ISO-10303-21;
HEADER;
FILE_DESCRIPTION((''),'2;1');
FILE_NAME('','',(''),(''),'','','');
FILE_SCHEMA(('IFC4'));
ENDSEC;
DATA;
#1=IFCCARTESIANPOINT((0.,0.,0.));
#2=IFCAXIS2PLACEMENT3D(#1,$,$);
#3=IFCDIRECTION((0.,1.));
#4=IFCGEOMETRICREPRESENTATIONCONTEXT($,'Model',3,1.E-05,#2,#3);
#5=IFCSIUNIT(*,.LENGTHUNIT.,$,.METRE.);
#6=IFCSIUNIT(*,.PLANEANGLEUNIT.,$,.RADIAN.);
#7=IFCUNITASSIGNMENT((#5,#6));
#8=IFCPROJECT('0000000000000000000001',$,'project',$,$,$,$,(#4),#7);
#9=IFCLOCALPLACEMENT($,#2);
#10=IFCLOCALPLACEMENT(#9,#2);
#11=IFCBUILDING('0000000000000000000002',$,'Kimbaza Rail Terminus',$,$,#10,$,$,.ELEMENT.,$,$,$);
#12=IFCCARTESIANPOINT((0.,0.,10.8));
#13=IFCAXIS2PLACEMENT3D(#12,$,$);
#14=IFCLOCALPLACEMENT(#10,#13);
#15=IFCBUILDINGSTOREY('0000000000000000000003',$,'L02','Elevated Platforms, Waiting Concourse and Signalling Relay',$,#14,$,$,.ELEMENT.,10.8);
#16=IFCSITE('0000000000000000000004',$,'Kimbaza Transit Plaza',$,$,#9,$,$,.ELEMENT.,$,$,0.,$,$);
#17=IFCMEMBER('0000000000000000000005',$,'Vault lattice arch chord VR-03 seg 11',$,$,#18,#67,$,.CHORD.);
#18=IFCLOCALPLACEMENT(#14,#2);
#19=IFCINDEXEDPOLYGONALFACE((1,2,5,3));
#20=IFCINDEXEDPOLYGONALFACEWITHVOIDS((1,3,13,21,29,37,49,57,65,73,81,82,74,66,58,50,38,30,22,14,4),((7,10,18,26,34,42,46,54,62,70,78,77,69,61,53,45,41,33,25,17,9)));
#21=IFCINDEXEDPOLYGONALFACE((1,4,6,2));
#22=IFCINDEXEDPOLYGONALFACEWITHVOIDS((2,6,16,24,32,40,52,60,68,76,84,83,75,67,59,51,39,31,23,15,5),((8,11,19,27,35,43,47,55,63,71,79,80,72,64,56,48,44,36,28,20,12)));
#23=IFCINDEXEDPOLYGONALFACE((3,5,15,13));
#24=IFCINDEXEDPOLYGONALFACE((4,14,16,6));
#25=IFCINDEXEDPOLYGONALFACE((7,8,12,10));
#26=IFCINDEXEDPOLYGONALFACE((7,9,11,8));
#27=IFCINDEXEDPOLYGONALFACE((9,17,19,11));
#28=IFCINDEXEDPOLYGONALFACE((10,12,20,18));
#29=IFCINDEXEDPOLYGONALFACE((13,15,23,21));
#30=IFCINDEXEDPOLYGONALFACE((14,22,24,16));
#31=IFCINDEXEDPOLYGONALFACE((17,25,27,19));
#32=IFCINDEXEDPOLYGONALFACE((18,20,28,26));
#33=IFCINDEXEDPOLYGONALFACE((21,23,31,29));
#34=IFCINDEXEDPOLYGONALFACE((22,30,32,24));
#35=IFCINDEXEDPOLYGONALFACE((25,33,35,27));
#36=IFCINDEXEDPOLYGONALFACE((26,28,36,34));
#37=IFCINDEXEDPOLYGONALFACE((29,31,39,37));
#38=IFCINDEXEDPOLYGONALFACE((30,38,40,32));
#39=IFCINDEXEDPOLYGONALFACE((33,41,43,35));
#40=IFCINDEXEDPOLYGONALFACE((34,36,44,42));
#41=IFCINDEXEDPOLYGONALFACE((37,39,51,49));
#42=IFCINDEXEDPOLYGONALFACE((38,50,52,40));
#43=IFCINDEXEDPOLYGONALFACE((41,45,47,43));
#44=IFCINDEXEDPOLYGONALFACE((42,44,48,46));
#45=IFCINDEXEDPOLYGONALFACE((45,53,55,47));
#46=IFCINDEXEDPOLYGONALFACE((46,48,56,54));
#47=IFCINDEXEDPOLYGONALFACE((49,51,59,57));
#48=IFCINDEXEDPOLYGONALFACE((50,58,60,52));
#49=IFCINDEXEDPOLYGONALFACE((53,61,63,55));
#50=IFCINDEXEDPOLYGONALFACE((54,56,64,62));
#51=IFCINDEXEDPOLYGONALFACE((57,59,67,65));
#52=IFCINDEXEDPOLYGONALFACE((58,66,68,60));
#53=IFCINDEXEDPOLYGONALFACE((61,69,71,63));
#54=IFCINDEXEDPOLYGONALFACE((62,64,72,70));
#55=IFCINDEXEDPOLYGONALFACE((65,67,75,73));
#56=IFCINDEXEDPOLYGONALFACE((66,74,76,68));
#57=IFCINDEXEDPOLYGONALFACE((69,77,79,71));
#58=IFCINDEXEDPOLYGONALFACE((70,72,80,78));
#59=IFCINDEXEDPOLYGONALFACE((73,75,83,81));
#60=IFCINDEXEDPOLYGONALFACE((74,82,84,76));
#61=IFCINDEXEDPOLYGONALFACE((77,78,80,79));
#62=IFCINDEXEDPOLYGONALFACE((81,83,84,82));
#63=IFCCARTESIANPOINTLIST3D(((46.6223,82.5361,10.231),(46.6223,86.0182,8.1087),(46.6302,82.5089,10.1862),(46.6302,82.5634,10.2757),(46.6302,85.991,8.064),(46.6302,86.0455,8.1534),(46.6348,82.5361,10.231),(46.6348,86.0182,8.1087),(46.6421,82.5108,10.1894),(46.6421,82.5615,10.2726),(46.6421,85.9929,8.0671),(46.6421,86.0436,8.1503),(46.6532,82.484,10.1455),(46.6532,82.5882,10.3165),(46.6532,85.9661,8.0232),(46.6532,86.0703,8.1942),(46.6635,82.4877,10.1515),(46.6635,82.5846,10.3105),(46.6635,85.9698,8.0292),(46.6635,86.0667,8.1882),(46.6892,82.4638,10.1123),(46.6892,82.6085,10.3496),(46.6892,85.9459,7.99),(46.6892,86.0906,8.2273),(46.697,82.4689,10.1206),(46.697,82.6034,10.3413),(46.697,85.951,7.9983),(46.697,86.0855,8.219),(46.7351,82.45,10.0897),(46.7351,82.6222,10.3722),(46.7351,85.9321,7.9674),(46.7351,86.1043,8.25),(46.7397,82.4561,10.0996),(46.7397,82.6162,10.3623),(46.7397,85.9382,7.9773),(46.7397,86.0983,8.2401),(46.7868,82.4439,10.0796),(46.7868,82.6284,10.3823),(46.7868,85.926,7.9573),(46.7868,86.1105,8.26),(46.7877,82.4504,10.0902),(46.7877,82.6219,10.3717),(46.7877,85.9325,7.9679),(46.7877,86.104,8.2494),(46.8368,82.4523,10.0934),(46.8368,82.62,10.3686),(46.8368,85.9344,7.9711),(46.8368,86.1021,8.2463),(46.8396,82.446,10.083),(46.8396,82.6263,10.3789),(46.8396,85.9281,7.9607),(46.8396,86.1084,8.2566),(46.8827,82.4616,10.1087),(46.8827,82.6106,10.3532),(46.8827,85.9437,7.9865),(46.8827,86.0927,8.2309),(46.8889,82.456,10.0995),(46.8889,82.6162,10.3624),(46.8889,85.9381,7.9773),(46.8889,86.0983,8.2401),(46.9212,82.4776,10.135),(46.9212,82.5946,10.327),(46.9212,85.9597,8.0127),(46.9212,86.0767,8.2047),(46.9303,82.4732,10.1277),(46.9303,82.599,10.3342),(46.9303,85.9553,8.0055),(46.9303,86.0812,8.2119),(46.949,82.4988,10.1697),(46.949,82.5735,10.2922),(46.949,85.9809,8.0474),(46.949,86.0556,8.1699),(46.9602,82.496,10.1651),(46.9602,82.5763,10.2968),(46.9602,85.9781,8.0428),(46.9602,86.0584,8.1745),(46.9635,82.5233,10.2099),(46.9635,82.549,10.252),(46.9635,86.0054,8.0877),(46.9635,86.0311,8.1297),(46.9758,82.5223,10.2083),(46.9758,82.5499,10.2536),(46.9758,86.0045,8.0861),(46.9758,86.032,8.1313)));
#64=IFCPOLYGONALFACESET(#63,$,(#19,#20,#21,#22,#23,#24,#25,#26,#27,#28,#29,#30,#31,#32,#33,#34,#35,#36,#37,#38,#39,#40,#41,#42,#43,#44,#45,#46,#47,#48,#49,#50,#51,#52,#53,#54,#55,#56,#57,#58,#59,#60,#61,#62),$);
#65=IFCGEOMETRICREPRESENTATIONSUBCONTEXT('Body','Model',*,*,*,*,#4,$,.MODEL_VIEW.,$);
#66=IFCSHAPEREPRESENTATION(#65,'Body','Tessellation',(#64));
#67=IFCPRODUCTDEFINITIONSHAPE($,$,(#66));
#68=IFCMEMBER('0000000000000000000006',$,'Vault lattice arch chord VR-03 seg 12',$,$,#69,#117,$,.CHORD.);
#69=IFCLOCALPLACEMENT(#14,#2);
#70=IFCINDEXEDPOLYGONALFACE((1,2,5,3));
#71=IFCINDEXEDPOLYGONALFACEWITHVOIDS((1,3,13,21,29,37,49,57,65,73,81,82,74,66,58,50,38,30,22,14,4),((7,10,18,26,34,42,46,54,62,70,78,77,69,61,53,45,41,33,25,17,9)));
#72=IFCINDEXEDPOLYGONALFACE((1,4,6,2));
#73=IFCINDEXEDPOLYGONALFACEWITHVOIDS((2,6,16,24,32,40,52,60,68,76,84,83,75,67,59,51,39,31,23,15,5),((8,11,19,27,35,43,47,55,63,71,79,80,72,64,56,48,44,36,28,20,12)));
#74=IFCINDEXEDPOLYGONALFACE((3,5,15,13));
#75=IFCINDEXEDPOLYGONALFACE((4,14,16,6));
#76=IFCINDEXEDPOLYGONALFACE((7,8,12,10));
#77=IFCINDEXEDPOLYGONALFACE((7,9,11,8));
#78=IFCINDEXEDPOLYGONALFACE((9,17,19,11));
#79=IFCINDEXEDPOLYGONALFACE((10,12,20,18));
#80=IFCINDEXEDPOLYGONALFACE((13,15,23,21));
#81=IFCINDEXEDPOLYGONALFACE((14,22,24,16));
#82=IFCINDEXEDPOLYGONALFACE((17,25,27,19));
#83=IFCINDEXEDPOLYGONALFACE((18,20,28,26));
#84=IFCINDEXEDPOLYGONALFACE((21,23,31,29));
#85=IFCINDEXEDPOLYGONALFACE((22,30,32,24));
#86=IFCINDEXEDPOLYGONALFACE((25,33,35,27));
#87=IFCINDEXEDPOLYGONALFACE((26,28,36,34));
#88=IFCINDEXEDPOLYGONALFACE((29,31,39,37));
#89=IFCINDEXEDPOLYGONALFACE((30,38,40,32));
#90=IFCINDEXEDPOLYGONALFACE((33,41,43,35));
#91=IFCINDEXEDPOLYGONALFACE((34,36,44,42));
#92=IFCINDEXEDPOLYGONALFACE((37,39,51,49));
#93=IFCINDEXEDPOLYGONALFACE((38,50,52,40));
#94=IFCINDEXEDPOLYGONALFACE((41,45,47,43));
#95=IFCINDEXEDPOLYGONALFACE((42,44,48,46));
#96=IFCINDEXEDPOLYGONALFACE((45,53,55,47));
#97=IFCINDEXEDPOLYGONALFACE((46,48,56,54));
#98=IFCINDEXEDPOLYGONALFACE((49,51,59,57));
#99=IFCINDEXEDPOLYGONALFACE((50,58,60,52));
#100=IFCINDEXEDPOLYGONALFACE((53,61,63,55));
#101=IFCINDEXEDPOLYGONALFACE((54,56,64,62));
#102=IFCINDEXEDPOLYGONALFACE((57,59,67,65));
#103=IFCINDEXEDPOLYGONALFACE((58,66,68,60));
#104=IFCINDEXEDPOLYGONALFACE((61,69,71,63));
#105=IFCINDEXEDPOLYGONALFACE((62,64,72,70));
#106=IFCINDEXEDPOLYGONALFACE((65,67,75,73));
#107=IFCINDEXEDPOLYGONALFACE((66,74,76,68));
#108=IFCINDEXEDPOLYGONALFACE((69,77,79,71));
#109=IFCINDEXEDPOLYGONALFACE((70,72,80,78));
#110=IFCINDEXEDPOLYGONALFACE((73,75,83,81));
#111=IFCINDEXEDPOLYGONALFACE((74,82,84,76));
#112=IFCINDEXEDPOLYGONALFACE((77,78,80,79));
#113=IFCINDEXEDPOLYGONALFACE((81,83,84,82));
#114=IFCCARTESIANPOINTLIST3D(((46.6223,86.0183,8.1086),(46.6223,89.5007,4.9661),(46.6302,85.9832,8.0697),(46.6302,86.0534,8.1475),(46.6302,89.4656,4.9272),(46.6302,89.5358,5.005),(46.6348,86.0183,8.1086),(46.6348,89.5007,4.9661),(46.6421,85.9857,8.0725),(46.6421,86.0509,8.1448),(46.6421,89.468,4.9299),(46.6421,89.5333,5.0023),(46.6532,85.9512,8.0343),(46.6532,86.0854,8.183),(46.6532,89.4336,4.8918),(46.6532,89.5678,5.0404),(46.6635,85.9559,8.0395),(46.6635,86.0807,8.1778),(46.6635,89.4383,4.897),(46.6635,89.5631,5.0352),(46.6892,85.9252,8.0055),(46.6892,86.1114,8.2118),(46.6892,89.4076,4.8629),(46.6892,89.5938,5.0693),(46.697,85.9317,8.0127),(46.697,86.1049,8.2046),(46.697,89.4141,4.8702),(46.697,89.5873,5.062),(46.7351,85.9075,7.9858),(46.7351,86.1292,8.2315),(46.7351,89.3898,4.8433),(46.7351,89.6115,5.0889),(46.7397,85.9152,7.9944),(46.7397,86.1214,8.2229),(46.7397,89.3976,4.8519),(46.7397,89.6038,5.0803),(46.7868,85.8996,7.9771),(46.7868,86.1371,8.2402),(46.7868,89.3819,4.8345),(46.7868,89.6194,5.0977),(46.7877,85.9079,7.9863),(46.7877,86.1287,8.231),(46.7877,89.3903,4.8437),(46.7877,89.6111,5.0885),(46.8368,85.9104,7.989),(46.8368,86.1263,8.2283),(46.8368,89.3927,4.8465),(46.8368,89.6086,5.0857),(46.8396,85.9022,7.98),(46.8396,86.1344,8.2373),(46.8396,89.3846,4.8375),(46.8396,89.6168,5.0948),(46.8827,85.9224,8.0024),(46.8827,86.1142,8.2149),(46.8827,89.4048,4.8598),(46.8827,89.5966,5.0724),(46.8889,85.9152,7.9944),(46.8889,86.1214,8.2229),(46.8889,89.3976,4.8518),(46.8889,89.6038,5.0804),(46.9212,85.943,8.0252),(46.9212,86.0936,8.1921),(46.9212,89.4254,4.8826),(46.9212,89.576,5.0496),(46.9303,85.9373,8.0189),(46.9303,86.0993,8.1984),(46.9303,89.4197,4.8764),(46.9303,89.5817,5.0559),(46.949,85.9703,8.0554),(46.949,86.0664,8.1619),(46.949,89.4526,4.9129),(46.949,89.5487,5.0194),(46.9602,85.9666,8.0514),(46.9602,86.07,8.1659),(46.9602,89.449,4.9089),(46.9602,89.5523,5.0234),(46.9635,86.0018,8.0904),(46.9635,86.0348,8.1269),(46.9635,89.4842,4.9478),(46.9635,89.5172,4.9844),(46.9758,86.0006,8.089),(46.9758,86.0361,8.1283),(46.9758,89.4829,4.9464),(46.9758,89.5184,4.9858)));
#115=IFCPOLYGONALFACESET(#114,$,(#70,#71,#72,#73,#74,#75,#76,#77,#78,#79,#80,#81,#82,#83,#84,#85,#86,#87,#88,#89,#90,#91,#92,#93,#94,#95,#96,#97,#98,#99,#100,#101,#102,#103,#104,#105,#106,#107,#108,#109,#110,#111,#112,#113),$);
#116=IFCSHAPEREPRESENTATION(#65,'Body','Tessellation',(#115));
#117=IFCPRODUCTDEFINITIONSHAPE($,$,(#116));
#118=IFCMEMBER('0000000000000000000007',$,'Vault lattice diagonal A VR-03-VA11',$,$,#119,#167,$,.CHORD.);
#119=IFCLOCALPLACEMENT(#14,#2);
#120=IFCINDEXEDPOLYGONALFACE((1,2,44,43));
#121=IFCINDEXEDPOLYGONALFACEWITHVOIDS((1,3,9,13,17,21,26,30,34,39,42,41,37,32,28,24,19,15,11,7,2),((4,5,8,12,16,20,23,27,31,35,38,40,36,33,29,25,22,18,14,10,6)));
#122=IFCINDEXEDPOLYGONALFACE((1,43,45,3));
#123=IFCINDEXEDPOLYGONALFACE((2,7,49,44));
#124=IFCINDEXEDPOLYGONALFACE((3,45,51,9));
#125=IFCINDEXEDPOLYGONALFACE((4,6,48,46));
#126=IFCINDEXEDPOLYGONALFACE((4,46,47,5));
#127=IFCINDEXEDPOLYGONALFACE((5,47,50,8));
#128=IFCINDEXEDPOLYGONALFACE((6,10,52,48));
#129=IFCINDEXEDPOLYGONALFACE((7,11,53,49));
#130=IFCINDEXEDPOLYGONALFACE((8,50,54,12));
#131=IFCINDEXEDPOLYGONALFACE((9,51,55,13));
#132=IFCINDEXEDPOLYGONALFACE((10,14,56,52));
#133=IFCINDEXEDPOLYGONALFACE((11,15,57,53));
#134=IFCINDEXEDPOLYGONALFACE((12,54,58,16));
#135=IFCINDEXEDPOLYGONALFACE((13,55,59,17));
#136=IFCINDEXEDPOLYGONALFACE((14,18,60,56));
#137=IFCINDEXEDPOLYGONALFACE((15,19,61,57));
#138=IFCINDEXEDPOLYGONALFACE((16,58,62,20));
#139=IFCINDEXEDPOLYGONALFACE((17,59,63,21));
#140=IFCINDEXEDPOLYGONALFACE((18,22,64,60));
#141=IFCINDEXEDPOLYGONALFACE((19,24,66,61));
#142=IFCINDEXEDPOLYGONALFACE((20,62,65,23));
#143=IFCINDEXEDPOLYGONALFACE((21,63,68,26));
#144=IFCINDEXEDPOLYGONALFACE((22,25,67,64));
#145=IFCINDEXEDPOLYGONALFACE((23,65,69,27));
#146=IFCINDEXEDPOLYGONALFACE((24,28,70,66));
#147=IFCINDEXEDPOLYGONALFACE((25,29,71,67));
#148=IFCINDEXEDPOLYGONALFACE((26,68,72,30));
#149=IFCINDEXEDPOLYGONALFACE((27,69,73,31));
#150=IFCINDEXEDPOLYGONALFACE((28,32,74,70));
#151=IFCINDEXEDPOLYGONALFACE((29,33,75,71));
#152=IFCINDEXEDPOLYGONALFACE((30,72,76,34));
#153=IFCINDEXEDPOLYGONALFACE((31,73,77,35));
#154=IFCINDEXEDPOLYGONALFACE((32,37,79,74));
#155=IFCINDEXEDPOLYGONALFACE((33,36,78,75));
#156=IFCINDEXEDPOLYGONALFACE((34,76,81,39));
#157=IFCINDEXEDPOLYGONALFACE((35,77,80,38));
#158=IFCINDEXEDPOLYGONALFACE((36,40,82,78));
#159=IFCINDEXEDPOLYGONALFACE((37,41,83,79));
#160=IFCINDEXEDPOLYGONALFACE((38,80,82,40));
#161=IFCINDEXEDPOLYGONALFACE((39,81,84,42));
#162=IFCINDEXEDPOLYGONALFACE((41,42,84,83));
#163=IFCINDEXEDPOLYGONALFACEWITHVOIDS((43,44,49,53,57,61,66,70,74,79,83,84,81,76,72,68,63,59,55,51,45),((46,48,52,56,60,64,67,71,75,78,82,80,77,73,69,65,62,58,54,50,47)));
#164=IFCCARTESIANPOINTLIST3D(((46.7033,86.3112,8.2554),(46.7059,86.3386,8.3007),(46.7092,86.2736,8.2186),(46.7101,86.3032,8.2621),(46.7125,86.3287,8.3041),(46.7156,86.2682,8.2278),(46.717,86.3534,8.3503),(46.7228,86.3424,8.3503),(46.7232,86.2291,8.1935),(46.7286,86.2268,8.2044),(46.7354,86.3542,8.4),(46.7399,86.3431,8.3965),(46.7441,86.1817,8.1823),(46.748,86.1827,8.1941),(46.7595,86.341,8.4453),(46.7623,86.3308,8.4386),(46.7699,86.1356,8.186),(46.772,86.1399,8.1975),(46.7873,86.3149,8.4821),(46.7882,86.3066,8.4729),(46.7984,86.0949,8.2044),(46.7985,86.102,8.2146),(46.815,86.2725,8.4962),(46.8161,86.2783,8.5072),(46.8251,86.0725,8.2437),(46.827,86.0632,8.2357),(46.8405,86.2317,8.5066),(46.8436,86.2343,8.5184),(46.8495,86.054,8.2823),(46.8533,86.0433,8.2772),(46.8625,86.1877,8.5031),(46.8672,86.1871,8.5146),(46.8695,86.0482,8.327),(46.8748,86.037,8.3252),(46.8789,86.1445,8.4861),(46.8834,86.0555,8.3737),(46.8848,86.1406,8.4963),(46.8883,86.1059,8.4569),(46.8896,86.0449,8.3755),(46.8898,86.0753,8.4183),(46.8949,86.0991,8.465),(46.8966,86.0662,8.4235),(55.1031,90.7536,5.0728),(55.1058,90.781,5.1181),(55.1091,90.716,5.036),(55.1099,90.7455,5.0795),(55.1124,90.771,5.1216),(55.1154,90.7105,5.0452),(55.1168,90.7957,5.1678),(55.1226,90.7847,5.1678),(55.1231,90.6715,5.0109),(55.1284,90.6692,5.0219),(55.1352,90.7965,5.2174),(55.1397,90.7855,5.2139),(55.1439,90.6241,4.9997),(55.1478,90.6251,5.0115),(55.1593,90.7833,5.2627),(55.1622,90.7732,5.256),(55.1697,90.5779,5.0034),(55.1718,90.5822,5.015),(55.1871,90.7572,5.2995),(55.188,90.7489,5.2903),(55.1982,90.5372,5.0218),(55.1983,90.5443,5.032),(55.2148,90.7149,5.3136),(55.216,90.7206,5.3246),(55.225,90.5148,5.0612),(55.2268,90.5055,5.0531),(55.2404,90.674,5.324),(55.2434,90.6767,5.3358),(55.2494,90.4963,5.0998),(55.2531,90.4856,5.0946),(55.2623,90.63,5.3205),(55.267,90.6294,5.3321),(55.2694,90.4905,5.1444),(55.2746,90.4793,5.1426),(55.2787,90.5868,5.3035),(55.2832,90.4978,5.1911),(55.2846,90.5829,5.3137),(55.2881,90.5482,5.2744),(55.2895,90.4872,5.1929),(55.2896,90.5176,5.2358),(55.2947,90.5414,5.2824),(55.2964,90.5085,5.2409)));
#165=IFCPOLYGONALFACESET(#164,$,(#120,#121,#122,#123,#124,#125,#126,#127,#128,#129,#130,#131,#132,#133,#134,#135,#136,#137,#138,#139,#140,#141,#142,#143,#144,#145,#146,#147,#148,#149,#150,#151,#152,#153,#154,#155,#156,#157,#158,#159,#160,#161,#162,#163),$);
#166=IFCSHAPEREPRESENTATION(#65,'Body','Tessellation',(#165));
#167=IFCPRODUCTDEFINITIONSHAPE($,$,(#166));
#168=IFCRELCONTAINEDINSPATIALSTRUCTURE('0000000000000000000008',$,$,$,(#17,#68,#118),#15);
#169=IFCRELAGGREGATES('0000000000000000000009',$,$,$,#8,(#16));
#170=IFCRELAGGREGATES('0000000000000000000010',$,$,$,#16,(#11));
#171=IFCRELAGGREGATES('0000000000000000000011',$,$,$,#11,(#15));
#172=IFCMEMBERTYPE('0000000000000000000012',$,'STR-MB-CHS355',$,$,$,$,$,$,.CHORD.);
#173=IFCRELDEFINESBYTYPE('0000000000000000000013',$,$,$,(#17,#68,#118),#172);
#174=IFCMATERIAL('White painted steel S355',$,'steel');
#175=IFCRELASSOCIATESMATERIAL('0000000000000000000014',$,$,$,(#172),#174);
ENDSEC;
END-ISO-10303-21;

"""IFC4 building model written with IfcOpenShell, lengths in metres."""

from ifc_helpers import new_model, si_unit, direction, frame, origin, origin_2d, place, context, subcontext, project, spatial, hollow_circle, extrude, material, material_profile, profile_set, type_object, element, save


model = new_model("IFC4")

# Units and contexts
model_context = context("Model", 3, precision=1e-05, world=origin(), true_north=direction((0.0, 1.0)))
body_context = subcontext(model_context, "Body", "Model", "MODEL_VIEW")
ifc_project = project(units=[si_unit("LENGTHUNIT", "METRE"), si_unit("PLANEANGLEUNIT", "RADIAN")], contexts=[model_context])

# Site, building, storey
site_placement = place(None, origin())
site = spatial("IfcSite", under=ifc_project, at=site_placement, Name="Kimbaza Transit Plaza", CompositionType="ELEMENT", RefElevation=0.0)
building_placement = place(site_placement, origin())
building = spatial("IfcBuilding", under=site, at=building_placement, Name="Kimbaza Rail Terminus", CompositionType="ELEMENT")
storey_placement = place(building_placement, frame((0.0, 0.0, 10.8)))
storey = spatial("IfcBuildingStorey", under=building, at=storey_placement, Name="L02", Description="Elevated Platforms, Waiting Concourse and Signalling Relay", CompositionType="ELEMENT", Elevation=10.8)

# Members
ifc_material_1 = material(Name="White painted steel S355", Category="steel")
ifc_material_profile_1 = material_profile(ifc_material_1, hollow_circle(Radius=0.1777, WallThickness=0.0125, at=origin_2d()), Name="CHS 355.6x12.5")
ifc_profile_set_1 = profile_set([ifc_material_profile_1], Name="White painted steel S355")
member_type_1 = type_object("IfcMemberType", Name="STR-MB-CHS355", PredefinedType="CHORD", material=ifc_profile_set_1)
member_1_placement = place(storey_placement, frame((46.8, 82.5361, 10.231), z_axis=(0.0, 0.853901, -0.520435), x_axis=(-1.0, 0.0, 0.0)))
element("IfcMember", 1, at=member_1_placement, inside=storey, type_object=member_type_1, Name="Vault lattice arch chord VR-03 seg 11", PredefinedType="CHORD", context=body_context, shape_type="SweptSolid", body=[
    extrude(hollow_circle(Radius=0.1777, WallThickness=0.0125, at=origin_2d()), origin(), (0.0, 0.0, 1.0), 4.0779),
])
member_2_placement = place(storey_placement, frame((46.8, 86.0183, 8.1086), z_axis=(0.0, 0.742403, -0.669953), x_axis=(-1.0, 0.0, 0.0)))
element("IfcMember", 2, at=member_2_placement, inside=storey, type_object=member_type_1, Name="Vault lattice arch chord VR-03 seg 12", PredefinedType="CHORD", context=body_context, shape_type="SweptSolid", body=[
    extrude(hollow_circle(Radius=0.1777, WallThickness=0.0125, at=origin_2d()), origin(), (0.0, 0.0, 1.0), 4.6907),
])
member_3_placement = place(storey_placement, frame((46.8, 86.1963, 8.3503), z_axis=(0.838223, 0.443304, -0.317592), x_axis=(-0.467508, 0.883989, 0.0)))
element("IfcMember", 3, at=member_3_placement, inside=storey, type_object=member_type_1, Name="Vault lattice diagonal A VR-03-VA11", PredefinedType="CHORD", context=body_context, shape_type="SweptSolid", body=[
    extrude(hollow_circle(Radius=0.1777, WallThickness=0.0125, at=origin_2d()), origin(), (0.0, 0.0, 1.0), 10.021),
])

save(model, "model.ifc")
